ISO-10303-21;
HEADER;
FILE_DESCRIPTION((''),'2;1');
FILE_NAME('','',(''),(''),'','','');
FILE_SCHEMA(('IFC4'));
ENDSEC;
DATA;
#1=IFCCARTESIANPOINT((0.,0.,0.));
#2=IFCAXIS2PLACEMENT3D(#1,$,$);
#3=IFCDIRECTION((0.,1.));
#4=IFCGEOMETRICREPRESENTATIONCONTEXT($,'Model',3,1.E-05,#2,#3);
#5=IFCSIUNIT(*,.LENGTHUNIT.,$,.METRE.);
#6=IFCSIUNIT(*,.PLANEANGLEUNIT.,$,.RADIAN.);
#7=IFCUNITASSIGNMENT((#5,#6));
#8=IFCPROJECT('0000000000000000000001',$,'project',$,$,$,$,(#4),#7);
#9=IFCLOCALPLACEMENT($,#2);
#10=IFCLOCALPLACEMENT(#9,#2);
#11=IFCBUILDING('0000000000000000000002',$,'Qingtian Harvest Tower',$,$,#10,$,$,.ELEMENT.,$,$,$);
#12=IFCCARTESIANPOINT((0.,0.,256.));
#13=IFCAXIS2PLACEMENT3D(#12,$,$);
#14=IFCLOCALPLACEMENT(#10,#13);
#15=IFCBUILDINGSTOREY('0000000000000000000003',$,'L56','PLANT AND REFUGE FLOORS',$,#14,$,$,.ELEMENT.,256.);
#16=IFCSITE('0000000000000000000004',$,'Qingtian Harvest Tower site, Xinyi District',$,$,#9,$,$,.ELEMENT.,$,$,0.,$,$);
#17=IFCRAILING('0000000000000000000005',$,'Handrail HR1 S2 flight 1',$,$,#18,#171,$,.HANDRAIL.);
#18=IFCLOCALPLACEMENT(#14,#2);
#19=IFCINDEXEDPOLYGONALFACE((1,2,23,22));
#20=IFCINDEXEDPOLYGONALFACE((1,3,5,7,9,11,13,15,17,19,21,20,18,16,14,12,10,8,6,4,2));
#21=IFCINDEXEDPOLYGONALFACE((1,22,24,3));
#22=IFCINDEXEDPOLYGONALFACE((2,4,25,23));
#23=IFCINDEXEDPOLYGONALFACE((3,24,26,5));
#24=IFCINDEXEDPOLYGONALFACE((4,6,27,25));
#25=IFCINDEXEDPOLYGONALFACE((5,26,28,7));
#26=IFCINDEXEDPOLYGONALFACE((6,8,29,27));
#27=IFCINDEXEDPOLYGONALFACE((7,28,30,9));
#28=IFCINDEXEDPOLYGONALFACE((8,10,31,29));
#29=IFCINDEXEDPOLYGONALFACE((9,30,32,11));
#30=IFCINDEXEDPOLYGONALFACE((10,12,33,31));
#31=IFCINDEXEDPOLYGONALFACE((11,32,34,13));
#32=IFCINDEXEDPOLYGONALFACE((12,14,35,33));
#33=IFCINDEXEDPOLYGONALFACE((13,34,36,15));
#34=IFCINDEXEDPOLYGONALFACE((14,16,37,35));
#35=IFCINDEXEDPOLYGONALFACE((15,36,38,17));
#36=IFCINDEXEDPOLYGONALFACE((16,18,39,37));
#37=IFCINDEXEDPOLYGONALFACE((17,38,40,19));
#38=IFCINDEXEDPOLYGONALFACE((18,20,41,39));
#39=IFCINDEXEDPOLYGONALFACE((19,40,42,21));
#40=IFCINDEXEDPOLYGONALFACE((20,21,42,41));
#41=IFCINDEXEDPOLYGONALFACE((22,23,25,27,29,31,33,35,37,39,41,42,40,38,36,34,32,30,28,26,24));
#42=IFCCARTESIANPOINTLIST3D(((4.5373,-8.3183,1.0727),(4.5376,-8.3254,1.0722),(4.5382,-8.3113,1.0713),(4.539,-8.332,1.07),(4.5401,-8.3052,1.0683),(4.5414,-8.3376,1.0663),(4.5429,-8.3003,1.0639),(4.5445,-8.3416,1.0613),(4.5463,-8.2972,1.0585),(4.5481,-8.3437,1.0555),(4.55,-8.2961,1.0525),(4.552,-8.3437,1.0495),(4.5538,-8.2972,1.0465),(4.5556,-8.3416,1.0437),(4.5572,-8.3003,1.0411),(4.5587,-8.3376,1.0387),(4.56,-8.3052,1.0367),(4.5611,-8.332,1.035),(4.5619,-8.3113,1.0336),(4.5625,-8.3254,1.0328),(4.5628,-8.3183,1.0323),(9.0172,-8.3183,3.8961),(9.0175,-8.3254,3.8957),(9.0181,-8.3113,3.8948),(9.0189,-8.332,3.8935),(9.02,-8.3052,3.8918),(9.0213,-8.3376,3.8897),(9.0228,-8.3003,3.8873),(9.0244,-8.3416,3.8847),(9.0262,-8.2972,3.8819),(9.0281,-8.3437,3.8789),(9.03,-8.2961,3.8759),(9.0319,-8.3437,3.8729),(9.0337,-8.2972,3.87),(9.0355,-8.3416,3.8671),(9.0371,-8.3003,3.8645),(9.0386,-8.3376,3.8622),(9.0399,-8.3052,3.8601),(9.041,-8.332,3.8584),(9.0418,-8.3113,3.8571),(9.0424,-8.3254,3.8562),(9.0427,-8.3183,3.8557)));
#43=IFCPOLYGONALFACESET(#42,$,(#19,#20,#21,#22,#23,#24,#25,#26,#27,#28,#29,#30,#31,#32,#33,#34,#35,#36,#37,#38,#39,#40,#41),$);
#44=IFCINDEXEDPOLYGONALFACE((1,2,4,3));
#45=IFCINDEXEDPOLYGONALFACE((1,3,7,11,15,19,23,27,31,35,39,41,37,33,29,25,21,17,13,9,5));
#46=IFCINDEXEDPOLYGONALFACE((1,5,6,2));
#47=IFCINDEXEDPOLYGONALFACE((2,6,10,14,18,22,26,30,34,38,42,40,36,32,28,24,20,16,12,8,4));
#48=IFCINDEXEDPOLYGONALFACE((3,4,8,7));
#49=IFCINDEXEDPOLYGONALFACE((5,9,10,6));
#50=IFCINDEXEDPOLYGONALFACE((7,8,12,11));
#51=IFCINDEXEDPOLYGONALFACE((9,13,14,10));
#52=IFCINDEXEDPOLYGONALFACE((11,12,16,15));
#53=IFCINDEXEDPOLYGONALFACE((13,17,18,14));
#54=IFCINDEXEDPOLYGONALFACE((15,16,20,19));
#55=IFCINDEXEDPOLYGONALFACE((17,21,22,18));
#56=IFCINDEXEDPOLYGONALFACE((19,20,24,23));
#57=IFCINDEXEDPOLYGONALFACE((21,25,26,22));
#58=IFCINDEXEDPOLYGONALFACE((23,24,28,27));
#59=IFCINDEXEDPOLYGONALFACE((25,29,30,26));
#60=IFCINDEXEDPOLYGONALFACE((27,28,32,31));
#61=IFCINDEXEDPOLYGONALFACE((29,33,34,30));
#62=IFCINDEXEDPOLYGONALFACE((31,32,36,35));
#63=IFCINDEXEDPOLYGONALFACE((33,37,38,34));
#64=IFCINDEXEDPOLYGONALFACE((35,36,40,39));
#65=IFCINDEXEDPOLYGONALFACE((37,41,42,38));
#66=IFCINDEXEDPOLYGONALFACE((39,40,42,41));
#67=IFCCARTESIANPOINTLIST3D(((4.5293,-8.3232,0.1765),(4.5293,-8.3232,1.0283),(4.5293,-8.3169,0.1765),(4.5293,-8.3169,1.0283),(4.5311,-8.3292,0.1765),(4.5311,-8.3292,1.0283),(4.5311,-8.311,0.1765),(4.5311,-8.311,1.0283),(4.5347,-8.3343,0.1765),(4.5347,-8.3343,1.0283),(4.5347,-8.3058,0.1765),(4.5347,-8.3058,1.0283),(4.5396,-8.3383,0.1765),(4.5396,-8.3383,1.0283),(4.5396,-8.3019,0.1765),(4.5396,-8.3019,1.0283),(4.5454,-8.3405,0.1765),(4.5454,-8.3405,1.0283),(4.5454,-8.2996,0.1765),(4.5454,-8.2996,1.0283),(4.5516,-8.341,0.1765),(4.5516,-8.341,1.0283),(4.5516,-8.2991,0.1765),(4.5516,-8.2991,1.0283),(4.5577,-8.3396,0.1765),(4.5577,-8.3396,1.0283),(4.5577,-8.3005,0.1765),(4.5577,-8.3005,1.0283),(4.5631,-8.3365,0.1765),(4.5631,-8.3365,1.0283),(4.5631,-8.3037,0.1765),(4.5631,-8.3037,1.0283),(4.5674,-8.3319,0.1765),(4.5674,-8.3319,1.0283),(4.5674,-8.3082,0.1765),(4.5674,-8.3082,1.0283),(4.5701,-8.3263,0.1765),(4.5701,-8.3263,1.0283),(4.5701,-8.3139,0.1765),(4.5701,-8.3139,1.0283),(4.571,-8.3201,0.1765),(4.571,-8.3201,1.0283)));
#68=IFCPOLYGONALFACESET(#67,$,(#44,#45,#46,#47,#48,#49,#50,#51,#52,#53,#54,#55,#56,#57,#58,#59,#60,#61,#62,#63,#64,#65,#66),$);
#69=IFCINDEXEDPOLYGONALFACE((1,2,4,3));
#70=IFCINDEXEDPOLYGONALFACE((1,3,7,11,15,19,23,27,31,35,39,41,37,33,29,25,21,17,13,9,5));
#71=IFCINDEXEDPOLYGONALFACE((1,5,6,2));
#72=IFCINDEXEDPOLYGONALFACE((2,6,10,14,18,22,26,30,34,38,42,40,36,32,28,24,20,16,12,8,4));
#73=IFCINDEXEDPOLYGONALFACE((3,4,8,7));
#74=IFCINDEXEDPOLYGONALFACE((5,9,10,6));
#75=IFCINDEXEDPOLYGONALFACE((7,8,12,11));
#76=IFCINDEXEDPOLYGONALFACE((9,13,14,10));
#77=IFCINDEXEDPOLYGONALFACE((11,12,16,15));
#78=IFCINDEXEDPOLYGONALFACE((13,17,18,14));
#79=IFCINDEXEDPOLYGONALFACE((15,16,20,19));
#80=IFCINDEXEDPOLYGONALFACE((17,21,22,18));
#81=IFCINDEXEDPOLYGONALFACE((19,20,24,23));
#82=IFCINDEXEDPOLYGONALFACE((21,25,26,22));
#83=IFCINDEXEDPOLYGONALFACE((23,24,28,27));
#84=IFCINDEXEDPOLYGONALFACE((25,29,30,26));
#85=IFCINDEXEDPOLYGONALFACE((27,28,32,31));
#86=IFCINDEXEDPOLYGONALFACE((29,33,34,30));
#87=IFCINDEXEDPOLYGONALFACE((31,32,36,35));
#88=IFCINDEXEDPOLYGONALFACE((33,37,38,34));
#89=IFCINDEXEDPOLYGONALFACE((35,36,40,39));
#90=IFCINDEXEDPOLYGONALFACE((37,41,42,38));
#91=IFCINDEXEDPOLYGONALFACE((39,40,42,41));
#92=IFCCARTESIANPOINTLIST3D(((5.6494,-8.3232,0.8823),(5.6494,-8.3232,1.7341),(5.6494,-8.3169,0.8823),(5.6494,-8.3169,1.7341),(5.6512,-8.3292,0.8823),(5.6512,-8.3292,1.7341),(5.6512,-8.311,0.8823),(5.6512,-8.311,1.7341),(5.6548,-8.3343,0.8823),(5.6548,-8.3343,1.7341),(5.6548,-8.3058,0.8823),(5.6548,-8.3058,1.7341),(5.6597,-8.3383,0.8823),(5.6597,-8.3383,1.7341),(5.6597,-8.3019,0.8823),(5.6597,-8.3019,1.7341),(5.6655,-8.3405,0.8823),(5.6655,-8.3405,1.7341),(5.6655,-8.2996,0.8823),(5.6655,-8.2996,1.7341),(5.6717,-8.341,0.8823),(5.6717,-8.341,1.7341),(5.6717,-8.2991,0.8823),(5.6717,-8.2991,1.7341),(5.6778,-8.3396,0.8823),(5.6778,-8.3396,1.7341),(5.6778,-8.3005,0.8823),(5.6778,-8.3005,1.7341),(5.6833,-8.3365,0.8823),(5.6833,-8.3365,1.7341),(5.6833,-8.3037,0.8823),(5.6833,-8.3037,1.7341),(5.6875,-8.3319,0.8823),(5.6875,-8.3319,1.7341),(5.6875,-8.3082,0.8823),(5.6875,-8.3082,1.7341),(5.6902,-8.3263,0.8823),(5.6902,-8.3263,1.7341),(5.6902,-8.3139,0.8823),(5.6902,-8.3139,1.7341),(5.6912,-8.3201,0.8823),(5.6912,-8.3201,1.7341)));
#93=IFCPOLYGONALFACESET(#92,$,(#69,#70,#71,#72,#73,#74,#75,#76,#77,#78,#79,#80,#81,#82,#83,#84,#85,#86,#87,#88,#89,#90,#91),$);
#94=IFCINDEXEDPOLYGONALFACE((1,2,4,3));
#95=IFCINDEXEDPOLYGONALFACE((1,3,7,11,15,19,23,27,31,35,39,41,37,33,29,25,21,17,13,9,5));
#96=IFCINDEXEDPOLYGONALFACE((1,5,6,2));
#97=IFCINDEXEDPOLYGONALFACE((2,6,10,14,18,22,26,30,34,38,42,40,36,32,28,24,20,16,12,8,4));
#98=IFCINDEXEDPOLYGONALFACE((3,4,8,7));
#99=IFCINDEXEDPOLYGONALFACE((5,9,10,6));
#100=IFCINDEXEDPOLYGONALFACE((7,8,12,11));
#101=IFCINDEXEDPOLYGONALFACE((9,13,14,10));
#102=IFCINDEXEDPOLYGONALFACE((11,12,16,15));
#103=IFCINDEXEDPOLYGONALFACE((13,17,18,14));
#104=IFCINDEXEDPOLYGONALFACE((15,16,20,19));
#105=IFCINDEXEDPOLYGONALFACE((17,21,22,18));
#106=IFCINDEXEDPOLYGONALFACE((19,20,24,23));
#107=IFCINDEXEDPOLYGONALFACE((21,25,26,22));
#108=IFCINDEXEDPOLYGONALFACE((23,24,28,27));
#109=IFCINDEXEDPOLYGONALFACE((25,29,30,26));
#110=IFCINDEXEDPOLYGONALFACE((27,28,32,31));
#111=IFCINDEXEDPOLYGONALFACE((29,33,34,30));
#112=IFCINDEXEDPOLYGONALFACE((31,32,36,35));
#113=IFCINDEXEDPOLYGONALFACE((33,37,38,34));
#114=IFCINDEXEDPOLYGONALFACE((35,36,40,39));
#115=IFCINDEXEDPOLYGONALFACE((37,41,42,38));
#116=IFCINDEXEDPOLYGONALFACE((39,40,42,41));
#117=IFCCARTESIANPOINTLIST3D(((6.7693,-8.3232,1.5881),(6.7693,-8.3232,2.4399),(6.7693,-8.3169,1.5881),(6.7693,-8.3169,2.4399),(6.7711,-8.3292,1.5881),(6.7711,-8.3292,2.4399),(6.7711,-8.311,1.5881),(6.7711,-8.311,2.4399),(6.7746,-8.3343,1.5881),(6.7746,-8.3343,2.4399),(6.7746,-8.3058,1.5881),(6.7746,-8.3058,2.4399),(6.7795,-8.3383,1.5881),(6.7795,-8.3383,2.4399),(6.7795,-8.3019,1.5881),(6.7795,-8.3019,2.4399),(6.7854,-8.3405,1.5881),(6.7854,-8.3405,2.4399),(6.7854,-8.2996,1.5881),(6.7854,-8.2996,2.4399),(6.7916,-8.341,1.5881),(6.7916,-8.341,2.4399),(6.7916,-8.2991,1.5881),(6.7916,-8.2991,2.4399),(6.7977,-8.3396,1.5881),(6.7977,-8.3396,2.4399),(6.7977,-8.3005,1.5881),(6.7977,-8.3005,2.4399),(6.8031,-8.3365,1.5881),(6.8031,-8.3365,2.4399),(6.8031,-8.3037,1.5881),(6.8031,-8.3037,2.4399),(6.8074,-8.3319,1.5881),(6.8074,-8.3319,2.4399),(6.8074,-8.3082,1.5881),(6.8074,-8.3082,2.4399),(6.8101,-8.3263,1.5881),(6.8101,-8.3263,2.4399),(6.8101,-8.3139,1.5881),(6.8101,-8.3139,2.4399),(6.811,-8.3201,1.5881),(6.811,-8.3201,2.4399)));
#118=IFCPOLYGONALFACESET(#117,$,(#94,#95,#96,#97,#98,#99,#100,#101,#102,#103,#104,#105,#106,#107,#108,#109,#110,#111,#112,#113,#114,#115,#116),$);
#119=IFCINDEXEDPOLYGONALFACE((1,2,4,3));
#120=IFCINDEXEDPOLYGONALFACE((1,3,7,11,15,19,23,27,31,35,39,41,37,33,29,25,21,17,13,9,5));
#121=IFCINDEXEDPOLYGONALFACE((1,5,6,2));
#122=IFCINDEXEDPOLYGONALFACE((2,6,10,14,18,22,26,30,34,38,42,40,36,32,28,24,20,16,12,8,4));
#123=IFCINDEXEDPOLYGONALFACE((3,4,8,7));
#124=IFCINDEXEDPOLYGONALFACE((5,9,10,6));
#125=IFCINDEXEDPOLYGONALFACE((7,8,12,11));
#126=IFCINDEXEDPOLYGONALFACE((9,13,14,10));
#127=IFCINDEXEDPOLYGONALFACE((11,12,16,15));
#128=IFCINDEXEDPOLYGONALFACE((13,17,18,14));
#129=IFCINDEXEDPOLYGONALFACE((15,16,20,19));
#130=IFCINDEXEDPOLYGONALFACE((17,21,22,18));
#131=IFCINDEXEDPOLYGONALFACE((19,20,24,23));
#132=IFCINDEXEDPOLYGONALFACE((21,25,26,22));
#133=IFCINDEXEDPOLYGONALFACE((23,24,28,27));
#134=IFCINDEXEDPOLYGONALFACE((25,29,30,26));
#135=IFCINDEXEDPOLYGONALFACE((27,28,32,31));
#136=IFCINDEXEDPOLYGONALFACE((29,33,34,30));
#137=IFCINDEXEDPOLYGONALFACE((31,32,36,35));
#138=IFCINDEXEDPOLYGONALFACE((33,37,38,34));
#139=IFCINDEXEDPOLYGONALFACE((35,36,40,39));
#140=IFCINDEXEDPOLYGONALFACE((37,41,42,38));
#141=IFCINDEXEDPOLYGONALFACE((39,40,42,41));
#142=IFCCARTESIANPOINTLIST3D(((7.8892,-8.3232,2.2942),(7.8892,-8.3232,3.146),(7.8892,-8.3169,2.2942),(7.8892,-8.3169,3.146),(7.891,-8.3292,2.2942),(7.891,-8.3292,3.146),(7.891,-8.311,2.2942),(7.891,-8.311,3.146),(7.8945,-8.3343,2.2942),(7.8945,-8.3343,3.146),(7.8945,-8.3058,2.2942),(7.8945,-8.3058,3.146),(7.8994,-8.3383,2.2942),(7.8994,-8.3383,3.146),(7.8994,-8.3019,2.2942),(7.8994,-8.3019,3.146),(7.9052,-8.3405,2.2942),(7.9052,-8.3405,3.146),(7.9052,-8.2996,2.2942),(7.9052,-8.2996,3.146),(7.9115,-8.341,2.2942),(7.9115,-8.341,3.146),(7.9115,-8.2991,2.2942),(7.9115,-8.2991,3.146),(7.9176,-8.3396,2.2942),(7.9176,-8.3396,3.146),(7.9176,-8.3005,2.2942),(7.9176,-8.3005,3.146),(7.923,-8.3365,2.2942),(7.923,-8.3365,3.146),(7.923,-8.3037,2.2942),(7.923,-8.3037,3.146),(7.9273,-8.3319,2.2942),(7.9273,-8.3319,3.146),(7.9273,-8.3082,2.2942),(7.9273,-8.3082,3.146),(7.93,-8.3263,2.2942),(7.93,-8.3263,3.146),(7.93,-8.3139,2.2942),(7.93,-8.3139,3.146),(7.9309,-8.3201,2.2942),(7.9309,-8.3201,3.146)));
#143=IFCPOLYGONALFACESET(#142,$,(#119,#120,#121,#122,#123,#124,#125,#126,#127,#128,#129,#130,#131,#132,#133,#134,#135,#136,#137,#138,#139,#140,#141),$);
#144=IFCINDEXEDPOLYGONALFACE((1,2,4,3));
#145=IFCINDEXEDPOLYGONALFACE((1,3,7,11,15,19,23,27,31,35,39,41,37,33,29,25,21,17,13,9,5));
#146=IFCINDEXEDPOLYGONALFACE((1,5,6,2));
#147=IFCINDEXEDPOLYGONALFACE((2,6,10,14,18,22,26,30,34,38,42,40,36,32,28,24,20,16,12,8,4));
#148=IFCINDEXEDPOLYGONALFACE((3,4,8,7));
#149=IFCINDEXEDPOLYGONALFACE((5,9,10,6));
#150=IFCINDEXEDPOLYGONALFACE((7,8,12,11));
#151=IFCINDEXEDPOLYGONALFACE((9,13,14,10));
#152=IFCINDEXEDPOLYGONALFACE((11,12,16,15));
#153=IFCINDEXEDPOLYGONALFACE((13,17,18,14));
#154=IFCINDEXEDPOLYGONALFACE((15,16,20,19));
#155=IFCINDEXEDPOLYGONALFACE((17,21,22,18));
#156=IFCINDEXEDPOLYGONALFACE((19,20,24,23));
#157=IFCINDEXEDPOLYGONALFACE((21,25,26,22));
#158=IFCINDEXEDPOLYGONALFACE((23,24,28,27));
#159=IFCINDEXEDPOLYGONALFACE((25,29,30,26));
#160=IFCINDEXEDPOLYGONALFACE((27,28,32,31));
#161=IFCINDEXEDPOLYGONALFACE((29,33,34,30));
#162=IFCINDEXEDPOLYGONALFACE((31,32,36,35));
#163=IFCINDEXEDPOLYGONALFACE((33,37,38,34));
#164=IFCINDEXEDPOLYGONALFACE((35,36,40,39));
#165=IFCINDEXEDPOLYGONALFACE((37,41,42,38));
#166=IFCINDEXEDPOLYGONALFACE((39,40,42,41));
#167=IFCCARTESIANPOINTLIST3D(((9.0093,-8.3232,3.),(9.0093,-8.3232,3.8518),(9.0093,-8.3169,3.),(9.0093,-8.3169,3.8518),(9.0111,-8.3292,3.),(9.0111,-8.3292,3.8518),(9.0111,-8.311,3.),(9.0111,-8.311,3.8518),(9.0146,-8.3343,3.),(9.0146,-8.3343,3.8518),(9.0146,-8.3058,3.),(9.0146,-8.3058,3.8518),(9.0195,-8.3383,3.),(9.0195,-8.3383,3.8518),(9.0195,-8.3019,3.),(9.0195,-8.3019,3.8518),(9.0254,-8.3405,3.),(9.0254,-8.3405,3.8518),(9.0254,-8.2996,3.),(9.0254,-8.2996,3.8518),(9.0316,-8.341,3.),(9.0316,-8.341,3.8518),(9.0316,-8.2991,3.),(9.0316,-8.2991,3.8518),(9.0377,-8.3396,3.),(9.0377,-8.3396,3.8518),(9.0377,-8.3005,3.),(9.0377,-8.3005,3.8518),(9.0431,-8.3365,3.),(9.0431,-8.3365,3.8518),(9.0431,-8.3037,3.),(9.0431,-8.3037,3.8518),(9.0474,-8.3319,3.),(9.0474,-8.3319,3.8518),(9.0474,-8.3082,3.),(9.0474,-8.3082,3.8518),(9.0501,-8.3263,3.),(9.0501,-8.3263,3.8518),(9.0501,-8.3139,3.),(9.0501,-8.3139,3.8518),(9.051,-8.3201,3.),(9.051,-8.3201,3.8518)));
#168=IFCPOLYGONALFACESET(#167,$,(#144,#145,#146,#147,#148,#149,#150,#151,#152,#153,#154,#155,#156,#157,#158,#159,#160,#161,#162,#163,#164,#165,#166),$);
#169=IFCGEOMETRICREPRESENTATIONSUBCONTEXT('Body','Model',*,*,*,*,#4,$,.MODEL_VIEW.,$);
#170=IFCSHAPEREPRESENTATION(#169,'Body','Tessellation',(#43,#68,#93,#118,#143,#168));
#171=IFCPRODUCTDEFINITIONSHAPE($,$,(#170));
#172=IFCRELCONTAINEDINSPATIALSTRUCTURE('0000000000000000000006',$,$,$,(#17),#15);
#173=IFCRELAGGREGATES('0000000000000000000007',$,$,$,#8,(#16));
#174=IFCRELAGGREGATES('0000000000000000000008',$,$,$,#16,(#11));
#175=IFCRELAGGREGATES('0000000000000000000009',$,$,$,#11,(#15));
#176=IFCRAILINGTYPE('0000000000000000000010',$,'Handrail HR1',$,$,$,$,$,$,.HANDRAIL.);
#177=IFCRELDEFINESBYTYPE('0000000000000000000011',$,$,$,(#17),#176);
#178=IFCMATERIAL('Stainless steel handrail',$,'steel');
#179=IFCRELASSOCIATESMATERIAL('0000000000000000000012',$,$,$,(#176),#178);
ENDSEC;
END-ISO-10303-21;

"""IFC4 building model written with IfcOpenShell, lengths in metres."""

from ifc_helpers import new_model, si_unit, direction, frame, origin, origin_2d, place, context, subcontext, project, spatial, circle, extrude, material, type_object, element, save


model = new_model("IFC4")

# Units and contexts
model_context = context("Model", 3, precision=1e-05, world=origin(), true_north=direction((0.0, 1.0)))
body_context = subcontext(model_context, "Body", "Model", "MODEL_VIEW")
ifc_project = project(units=[si_unit("LENGTHUNIT", "METRE"), si_unit("PLANEANGLEUNIT", "RADIAN")], contexts=[model_context])

# Site, building, storey
site_placement = place(None, origin())
site = spatial("IfcSite", under=ifc_project, at=site_placement, Name="Qingtian Harvest Tower site, Xinyi District", CompositionType="ELEMENT", RefElevation=0.0)
building_placement = place(site_placement, origin())
building = spatial("IfcBuilding", under=site, at=building_placement, Name="Qingtian Harvest Tower", CompositionType="ELEMENT")
storey_placement = place(building_placement, frame((0.0, 0.0, 256.0)))
storey = spatial("IfcBuildingStorey", under=building, at=storey_placement, Name="L56", Description="PLANT AND REFUGE FLOORS", CompositionType="ELEMENT", Elevation=256.0)

# Railing
ifc_material_1 = material(Name="Stainless steel handrail", Category="steel")
railing_type = type_object("IfcRailingType", Name="Handrail HR1", PredefinedType="HANDRAIL", material=ifc_material_1)
railing_1_placement = place(storey_placement, frame((4.55, -8.3201, 0.1765)))
element("IfcRailing", 1, at=railing_1_placement, inside=storey, type_object=railing_type, Name="Handrail HR1 S2 flight 1", PredefinedType="HANDRAIL", context=body_context, shape_type="SweptSolid", body=[
    extrude(circle(Radius=0.0239, at=origin_2d()), frame((0.0, 0.0, 0.876), z_axis=(0.845998, 0.0, 0.533186), x_axis=(0.0, 1.0, 0.0)), (0.0, 0.0, 1.0), 5.2954),
    extrude(circle(Radius=0.021, at=origin_2d()), origin(), (0.0, 0.0, 1.0), 0.8518),
    extrude(circle(Radius=0.021, at=origin_2d()), frame((1.1201, 0.0, 0.7058)), (0.0, 0.0, 1.0), 0.8518),
    extrude(circle(Radius=0.021, at=origin_2d()), frame((2.24, 0.0, 1.4116)), (0.0, 0.0, 1.0), 0.8518),
    extrude(circle(Radius=0.021, at=origin_2d()), frame((3.3599, 0.0, 2.1177)), (0.0, 0.0, 1.0), 0.8518),
    extrude(circle(Radius=0.021, at=origin_2d()), frame((4.48, 0.0, 2.8235)), (0.0, 0.0, 1.0), 0.8518),
])

save(model, "model.ifc")
